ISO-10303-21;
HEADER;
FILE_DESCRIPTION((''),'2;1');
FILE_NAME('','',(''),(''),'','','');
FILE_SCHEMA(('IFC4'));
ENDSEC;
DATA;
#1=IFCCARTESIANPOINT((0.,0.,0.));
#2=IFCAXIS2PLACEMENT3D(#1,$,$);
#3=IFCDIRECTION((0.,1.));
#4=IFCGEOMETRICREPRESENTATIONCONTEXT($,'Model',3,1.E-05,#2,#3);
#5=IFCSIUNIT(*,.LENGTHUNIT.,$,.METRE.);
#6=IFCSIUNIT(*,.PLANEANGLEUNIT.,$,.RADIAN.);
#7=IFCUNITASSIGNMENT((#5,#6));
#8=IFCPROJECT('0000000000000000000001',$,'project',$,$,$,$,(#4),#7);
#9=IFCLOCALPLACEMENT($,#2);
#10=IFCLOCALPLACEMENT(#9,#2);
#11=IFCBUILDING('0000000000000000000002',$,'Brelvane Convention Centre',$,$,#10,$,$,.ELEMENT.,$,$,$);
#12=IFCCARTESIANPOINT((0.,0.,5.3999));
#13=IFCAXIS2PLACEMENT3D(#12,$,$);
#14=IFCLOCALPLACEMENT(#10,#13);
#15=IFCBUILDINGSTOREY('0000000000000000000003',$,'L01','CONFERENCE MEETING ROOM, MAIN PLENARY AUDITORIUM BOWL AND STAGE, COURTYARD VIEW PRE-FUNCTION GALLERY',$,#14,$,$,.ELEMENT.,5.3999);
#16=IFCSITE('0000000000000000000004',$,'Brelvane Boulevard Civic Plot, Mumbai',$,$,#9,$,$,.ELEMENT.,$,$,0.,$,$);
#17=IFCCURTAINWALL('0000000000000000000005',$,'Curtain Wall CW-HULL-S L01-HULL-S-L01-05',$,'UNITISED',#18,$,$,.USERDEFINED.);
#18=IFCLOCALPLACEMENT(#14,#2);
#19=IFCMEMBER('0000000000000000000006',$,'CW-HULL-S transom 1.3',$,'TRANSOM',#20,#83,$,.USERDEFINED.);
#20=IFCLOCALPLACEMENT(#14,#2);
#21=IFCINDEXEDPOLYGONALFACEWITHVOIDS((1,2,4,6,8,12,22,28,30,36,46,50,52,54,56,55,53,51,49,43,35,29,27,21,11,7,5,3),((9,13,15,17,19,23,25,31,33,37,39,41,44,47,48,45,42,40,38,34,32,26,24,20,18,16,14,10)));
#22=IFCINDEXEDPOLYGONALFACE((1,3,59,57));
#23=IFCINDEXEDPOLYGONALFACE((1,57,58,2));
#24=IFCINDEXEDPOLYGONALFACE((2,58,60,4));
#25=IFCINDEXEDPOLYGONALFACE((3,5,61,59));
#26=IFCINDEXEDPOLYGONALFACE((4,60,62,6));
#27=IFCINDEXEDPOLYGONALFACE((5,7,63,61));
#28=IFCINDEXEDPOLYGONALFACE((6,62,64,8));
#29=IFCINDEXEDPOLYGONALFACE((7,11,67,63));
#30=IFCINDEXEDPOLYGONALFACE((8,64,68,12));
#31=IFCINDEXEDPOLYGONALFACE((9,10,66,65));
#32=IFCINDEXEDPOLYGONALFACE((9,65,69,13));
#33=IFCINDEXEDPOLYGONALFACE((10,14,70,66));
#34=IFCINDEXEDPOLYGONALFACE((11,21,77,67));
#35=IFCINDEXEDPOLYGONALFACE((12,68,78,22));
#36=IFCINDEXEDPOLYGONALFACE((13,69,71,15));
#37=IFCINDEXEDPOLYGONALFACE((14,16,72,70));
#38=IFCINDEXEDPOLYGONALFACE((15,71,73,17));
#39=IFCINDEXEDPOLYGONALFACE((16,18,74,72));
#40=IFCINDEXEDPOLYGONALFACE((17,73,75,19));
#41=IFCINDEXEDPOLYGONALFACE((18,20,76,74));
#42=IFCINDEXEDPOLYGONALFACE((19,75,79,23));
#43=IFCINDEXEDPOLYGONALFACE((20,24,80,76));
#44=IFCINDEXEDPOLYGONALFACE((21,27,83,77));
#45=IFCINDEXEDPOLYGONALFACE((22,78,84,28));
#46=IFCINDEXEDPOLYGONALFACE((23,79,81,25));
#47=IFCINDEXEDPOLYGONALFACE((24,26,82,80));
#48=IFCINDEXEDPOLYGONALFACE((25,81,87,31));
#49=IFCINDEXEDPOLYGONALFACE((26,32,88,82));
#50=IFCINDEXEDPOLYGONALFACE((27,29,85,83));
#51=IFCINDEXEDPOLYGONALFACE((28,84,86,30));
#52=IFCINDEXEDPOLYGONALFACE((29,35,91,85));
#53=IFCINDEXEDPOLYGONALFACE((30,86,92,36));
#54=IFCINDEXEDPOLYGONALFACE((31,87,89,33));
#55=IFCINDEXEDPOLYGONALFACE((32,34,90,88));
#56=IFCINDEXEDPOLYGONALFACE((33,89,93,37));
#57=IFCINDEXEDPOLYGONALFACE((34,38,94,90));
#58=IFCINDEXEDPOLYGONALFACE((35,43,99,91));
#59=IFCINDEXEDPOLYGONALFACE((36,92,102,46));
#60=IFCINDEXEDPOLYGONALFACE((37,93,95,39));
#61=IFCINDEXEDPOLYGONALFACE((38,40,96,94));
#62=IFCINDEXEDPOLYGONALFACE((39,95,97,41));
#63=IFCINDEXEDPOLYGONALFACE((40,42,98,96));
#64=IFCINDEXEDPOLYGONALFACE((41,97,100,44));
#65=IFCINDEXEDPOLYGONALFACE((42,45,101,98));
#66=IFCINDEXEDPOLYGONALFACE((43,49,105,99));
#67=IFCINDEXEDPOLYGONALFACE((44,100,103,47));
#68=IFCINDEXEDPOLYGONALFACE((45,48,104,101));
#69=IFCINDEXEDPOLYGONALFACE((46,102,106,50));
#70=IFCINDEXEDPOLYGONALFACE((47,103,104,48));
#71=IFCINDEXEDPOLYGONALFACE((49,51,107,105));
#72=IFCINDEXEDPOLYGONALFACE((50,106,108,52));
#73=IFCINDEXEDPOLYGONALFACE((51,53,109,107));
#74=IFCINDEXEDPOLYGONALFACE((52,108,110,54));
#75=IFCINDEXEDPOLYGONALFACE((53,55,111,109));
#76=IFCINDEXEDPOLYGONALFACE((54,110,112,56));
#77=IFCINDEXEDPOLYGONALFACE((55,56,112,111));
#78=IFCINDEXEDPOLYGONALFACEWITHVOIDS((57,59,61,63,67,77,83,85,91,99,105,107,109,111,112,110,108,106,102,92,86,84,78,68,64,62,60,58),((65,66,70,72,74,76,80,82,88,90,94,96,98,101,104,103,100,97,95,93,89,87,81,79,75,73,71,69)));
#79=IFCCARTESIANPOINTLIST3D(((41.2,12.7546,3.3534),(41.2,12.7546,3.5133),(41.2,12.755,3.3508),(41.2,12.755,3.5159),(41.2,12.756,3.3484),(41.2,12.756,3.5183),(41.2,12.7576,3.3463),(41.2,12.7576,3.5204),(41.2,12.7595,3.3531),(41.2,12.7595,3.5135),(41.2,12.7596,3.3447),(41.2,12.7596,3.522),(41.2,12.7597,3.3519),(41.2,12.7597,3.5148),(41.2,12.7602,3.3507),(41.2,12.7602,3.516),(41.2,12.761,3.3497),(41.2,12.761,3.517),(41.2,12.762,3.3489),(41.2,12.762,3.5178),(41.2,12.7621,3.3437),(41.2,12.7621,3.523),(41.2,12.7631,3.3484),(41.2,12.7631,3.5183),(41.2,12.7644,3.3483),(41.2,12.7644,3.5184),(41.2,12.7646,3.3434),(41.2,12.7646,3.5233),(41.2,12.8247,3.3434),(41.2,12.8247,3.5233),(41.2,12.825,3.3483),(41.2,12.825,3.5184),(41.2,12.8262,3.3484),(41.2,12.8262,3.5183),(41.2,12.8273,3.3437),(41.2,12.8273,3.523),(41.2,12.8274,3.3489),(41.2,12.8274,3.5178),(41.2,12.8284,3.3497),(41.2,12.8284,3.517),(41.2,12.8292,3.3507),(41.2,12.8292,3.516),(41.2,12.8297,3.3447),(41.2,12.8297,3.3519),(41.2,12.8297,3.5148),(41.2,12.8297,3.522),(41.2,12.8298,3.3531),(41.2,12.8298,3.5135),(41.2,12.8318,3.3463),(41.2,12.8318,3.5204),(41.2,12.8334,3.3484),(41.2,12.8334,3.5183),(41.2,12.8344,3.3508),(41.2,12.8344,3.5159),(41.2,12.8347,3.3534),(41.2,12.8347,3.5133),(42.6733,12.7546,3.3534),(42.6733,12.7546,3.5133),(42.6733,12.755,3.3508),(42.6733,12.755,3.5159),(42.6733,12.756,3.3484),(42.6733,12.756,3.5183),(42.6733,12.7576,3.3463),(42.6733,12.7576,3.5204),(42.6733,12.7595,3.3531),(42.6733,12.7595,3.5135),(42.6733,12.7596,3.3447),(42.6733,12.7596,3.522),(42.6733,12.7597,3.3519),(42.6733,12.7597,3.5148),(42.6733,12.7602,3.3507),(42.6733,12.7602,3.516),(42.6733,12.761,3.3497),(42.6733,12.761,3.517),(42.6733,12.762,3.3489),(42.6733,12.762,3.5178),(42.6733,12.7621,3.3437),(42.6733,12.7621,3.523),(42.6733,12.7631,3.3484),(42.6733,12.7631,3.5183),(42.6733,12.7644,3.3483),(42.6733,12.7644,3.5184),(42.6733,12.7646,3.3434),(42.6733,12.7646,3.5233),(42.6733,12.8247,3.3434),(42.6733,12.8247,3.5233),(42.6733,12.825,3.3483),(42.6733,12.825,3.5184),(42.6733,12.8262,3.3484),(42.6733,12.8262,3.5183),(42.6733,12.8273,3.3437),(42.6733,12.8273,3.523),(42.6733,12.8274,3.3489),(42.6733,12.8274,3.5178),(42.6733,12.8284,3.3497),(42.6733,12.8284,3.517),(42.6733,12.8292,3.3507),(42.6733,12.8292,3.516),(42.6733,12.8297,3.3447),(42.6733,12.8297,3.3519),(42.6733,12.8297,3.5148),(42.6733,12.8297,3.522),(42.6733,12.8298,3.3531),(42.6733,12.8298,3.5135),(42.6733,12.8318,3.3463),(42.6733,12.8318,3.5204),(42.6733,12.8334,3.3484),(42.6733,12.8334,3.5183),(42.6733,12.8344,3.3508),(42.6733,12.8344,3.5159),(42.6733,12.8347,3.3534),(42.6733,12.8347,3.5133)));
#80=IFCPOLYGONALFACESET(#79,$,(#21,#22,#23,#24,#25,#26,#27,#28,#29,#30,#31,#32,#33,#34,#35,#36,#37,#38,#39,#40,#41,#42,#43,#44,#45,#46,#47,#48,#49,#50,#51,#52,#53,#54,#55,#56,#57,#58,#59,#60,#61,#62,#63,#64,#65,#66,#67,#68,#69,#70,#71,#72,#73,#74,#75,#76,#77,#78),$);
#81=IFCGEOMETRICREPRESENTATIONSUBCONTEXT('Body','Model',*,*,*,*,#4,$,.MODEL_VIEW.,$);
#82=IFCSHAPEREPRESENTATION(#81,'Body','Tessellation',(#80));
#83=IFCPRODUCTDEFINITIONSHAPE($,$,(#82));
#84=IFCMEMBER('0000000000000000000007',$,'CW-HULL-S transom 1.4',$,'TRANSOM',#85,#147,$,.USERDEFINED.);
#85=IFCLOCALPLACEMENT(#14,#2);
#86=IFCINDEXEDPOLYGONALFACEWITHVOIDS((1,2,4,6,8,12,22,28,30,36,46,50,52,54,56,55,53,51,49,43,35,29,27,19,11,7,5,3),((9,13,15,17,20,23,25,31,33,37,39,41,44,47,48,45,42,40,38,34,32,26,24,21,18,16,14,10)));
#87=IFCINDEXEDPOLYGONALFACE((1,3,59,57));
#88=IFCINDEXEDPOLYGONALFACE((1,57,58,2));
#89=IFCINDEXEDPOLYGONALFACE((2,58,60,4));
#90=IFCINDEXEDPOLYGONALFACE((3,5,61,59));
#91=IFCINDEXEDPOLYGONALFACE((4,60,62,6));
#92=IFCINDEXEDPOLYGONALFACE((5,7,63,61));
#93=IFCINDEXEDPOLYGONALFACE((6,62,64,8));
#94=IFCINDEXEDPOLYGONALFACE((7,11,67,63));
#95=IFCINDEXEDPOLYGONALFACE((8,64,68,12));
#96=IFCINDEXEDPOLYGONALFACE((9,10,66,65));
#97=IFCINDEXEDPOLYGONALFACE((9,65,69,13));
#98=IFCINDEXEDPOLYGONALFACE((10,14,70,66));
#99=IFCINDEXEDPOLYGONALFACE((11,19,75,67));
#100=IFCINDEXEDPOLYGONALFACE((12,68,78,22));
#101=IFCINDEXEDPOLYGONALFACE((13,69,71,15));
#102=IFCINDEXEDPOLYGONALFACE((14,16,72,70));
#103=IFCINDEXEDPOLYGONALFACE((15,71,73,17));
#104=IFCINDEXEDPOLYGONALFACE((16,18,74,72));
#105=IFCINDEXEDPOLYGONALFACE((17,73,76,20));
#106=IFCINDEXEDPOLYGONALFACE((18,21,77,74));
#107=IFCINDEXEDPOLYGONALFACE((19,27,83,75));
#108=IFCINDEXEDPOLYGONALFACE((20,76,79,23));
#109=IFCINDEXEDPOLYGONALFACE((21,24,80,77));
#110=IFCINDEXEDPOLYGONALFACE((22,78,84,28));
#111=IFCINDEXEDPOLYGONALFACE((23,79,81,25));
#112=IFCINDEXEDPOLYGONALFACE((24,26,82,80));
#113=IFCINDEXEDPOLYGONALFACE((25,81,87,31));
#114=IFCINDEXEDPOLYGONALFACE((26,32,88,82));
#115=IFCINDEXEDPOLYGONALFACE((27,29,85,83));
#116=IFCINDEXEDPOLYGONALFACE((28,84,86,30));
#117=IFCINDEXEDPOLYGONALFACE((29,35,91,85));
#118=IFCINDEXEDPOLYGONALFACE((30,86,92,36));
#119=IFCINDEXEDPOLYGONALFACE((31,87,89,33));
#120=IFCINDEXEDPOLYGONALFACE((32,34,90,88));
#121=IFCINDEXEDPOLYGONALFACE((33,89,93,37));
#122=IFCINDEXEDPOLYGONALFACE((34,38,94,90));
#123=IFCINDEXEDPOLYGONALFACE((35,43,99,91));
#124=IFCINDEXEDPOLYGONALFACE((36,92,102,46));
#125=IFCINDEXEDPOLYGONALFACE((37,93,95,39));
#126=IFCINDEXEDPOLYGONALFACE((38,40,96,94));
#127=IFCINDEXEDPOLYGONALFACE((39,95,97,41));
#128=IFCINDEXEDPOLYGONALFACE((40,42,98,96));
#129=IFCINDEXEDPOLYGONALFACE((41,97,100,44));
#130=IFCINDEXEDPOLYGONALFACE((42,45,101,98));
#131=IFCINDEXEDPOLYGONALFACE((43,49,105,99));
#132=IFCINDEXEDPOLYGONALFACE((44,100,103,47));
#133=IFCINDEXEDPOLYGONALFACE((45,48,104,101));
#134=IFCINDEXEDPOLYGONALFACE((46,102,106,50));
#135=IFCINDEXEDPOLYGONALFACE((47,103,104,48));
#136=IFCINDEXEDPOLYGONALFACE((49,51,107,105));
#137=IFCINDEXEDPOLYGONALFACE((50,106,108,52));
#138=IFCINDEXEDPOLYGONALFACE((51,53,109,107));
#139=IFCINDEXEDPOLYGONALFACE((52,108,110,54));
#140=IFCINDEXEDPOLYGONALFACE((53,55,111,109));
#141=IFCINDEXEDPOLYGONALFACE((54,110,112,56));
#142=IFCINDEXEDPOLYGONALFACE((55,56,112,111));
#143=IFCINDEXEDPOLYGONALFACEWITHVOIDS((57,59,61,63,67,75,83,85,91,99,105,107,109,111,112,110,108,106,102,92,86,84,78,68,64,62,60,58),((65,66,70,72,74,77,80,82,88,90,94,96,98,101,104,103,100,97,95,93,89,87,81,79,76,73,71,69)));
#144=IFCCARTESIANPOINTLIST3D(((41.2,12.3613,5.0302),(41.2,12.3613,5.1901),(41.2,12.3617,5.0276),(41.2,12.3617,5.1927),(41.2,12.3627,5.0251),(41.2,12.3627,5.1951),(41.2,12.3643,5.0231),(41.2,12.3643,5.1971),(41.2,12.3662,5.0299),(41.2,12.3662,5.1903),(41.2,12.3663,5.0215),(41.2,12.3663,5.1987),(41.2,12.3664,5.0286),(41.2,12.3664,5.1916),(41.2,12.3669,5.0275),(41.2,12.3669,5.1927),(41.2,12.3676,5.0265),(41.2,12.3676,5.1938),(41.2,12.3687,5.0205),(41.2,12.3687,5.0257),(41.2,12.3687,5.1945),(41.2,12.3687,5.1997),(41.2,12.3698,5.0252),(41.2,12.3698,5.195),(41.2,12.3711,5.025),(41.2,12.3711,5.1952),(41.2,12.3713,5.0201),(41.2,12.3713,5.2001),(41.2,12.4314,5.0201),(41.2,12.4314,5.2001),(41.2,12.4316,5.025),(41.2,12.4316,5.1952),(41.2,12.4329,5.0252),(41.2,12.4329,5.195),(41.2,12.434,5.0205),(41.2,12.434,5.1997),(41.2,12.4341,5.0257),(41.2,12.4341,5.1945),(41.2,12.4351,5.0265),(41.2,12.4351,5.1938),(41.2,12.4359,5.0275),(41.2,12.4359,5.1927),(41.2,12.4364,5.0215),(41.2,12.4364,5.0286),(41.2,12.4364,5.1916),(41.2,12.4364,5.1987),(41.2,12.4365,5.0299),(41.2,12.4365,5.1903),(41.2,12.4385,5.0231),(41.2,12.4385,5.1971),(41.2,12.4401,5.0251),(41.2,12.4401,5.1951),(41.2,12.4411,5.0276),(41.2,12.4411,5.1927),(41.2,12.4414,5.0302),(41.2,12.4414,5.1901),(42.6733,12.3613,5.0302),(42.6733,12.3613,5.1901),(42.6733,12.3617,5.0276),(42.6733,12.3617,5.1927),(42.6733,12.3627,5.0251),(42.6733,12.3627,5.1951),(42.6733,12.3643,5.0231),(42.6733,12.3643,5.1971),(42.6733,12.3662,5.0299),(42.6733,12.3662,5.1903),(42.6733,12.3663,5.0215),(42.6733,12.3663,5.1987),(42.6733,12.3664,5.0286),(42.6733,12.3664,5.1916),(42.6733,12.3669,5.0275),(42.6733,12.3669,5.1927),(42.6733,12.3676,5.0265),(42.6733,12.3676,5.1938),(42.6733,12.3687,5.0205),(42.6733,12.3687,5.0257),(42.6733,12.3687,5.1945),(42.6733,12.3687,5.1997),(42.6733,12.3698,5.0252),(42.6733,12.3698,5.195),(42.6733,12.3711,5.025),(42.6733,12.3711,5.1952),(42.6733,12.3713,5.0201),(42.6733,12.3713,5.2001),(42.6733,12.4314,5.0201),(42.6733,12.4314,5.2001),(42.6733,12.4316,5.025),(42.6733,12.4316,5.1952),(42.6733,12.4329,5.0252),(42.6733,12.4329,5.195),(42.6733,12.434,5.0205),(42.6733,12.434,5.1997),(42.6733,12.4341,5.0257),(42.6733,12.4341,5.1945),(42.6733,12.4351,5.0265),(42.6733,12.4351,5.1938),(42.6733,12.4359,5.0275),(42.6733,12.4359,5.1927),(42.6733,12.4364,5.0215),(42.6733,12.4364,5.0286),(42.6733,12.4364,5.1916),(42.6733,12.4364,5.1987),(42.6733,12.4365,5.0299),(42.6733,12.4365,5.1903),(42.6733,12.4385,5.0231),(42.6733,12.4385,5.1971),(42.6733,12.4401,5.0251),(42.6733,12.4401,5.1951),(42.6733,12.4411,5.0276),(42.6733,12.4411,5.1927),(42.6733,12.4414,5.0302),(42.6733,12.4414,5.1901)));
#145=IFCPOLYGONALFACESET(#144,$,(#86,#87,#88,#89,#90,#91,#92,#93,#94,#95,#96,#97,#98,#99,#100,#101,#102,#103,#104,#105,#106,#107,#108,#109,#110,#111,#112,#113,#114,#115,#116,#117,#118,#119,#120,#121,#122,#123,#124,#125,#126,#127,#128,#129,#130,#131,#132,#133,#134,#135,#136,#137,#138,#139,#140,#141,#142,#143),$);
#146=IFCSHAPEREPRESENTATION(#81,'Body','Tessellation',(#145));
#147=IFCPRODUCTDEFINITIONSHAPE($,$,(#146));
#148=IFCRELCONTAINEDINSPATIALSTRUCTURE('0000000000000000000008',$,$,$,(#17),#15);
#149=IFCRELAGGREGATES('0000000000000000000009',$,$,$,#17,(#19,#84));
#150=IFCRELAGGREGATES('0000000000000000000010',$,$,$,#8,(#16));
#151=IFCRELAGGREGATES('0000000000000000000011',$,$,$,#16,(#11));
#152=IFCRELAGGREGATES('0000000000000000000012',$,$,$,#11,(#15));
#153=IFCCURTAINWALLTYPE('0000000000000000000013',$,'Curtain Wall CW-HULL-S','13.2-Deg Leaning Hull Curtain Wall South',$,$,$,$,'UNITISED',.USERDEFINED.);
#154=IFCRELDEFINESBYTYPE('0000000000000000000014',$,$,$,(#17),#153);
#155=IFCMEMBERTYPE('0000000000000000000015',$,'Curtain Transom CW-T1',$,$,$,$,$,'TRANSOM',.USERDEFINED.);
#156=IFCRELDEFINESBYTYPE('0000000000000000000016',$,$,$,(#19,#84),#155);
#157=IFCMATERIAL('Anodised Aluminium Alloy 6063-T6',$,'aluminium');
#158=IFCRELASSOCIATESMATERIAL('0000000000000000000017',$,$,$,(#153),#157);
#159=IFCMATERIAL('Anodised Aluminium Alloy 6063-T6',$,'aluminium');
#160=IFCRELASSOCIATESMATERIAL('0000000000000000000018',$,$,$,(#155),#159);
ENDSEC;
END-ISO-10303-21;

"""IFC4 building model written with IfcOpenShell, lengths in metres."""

from ifc_helpers import new_model, si_unit, direction, frame, origin, origin_2d, place, context, subcontext, project, spatial, hollow_rectangle, extrude, material, material_profile, profile_set, type_object, element, aggregate, save


model = new_model("IFC4")

# Units and contexts
model_context = context("Model", 3, precision=1e-05, world=origin(), true_north=direction((0.0, 1.0)))
body_context = subcontext(model_context, "Body", "Model", "MODEL_VIEW")
ifc_project = project(units=[si_unit("LENGTHUNIT", "METRE"), si_unit("PLANEANGLEUNIT", "RADIAN")], contexts=[model_context])

# Site, building, storey
site_placement = place(None, origin())
site = spatial("IfcSite", under=ifc_project, at=site_placement, Name="Brelvane Boulevard Civic Plot, Mumbai", CompositionType="ELEMENT", RefElevation=0.0)
building_placement = place(site_placement, origin())
building = spatial("IfcBuilding", under=site, at=building_placement, Name="Brelvane Convention Centre", CompositionType="ELEMENT")
storey_placement = place(building_placement, frame((0.0, 0.0, 5.3999)))
storey = spatial("IfcBuildingStorey", under=building, at=storey_placement, Name="L01", Description="CONFERENCE MEETING ROOM, MAIN PLENARY AUDITORIUM BOWL AND STAGE, COURTYARD VIEW PRE-FUNCTION GALLERY", CompositionType="ELEMENT", Elevation=5.3999)

# Curtain wall, members
ifc_material_1 = material(Name="Anodised Aluminium Alloy 6063-T6", Category="aluminium")
curtain_wall_type = type_object("IfcCurtainWallType", Name="Curtain Wall CW-HULL-S", Description="13.2-Deg Leaning Hull Curtain Wall South", ElementType="UNITISED", PredefinedType="USERDEFINED", material=ifc_material_1)
ifc_material_2 = material(Name="Anodised Aluminium Alloy 6063-T6", Category="aluminium")
ifc_material_profile = material_profile(ifc_material_2, hollow_rectangle(XDim=0.0801, YDim=0.1799, WallThickness=0.0049, InnerFilletRadius=0.0049, OuterFilletRadius=0.01, at=origin_2d()), Name="ALU-T 180x80x5.0")
ifc_profile_set = profile_set([ifc_material_profile], Name="Anodised Aluminium Alloy 6063-T6")
member_type = type_object("IfcMemberType", Name="Curtain Transom CW-T1", ElementType="TRANSOM", PredefinedType="USERDEFINED", material=ifc_profile_set)
curtain_wall_1_placement = place(storey_placement, origin())
curtain_wall_1 = element("IfcCurtainWall", 1, at=curtain_wall_1_placement, inside=storey, type_object=curtain_wall_type, Name="Curtain Wall CW-HULL-S L01-HULL-S-L01-05", ObjectType="UNITISED", PredefinedType="USERDEFINED")
member_1_placement = place(storey_placement, frame((41.2, 12.7947, 3.4333), z_axis=(1.0, 0.0, 0.0), x_axis=(0.0, 1.0, 0.0)))
member_1 = element("IfcMember", 2, at=member_1_placement, type_object=member_type, Name="CW-HULL-S transom 1.3", ObjectType="TRANSOM", PredefinedType="USERDEFINED", context=body_context, shape_type="SweptSolid", body=[
    extrude(hollow_rectangle(XDim=0.0801, YDim=0.1799, WallThickness=0.0049, InnerFilletRadius=0.0049, OuterFilletRadius=0.01, at=origin_2d()), origin(), (0.0, 0.0, 1.0), 1.4734),
])
member_2_placement = place(storey_placement, frame((41.2, 12.4014, 5.1101), z_axis=(1.0, 0.0, 0.0), x_axis=(0.0, 1.0, 0.0)))
member_2 = element("IfcMember", 3, at=member_2_placement, type_object=member_type, Name="CW-HULL-S transom 1.4", ObjectType="TRANSOM", PredefinedType="USERDEFINED", context=body_context, shape_type="SweptSolid", body=[
    extrude(hollow_rectangle(XDim=0.0801, YDim=0.1799, WallThickness=0.0049, InnerFilletRadius=0.0049, OuterFilletRadius=0.01, at=origin_2d()), origin(), (0.0, 0.0, 1.0), 1.4734),
])

aggregate(curtain_wall_1, [member_1, member_2])

save(model, "model.ifc")
